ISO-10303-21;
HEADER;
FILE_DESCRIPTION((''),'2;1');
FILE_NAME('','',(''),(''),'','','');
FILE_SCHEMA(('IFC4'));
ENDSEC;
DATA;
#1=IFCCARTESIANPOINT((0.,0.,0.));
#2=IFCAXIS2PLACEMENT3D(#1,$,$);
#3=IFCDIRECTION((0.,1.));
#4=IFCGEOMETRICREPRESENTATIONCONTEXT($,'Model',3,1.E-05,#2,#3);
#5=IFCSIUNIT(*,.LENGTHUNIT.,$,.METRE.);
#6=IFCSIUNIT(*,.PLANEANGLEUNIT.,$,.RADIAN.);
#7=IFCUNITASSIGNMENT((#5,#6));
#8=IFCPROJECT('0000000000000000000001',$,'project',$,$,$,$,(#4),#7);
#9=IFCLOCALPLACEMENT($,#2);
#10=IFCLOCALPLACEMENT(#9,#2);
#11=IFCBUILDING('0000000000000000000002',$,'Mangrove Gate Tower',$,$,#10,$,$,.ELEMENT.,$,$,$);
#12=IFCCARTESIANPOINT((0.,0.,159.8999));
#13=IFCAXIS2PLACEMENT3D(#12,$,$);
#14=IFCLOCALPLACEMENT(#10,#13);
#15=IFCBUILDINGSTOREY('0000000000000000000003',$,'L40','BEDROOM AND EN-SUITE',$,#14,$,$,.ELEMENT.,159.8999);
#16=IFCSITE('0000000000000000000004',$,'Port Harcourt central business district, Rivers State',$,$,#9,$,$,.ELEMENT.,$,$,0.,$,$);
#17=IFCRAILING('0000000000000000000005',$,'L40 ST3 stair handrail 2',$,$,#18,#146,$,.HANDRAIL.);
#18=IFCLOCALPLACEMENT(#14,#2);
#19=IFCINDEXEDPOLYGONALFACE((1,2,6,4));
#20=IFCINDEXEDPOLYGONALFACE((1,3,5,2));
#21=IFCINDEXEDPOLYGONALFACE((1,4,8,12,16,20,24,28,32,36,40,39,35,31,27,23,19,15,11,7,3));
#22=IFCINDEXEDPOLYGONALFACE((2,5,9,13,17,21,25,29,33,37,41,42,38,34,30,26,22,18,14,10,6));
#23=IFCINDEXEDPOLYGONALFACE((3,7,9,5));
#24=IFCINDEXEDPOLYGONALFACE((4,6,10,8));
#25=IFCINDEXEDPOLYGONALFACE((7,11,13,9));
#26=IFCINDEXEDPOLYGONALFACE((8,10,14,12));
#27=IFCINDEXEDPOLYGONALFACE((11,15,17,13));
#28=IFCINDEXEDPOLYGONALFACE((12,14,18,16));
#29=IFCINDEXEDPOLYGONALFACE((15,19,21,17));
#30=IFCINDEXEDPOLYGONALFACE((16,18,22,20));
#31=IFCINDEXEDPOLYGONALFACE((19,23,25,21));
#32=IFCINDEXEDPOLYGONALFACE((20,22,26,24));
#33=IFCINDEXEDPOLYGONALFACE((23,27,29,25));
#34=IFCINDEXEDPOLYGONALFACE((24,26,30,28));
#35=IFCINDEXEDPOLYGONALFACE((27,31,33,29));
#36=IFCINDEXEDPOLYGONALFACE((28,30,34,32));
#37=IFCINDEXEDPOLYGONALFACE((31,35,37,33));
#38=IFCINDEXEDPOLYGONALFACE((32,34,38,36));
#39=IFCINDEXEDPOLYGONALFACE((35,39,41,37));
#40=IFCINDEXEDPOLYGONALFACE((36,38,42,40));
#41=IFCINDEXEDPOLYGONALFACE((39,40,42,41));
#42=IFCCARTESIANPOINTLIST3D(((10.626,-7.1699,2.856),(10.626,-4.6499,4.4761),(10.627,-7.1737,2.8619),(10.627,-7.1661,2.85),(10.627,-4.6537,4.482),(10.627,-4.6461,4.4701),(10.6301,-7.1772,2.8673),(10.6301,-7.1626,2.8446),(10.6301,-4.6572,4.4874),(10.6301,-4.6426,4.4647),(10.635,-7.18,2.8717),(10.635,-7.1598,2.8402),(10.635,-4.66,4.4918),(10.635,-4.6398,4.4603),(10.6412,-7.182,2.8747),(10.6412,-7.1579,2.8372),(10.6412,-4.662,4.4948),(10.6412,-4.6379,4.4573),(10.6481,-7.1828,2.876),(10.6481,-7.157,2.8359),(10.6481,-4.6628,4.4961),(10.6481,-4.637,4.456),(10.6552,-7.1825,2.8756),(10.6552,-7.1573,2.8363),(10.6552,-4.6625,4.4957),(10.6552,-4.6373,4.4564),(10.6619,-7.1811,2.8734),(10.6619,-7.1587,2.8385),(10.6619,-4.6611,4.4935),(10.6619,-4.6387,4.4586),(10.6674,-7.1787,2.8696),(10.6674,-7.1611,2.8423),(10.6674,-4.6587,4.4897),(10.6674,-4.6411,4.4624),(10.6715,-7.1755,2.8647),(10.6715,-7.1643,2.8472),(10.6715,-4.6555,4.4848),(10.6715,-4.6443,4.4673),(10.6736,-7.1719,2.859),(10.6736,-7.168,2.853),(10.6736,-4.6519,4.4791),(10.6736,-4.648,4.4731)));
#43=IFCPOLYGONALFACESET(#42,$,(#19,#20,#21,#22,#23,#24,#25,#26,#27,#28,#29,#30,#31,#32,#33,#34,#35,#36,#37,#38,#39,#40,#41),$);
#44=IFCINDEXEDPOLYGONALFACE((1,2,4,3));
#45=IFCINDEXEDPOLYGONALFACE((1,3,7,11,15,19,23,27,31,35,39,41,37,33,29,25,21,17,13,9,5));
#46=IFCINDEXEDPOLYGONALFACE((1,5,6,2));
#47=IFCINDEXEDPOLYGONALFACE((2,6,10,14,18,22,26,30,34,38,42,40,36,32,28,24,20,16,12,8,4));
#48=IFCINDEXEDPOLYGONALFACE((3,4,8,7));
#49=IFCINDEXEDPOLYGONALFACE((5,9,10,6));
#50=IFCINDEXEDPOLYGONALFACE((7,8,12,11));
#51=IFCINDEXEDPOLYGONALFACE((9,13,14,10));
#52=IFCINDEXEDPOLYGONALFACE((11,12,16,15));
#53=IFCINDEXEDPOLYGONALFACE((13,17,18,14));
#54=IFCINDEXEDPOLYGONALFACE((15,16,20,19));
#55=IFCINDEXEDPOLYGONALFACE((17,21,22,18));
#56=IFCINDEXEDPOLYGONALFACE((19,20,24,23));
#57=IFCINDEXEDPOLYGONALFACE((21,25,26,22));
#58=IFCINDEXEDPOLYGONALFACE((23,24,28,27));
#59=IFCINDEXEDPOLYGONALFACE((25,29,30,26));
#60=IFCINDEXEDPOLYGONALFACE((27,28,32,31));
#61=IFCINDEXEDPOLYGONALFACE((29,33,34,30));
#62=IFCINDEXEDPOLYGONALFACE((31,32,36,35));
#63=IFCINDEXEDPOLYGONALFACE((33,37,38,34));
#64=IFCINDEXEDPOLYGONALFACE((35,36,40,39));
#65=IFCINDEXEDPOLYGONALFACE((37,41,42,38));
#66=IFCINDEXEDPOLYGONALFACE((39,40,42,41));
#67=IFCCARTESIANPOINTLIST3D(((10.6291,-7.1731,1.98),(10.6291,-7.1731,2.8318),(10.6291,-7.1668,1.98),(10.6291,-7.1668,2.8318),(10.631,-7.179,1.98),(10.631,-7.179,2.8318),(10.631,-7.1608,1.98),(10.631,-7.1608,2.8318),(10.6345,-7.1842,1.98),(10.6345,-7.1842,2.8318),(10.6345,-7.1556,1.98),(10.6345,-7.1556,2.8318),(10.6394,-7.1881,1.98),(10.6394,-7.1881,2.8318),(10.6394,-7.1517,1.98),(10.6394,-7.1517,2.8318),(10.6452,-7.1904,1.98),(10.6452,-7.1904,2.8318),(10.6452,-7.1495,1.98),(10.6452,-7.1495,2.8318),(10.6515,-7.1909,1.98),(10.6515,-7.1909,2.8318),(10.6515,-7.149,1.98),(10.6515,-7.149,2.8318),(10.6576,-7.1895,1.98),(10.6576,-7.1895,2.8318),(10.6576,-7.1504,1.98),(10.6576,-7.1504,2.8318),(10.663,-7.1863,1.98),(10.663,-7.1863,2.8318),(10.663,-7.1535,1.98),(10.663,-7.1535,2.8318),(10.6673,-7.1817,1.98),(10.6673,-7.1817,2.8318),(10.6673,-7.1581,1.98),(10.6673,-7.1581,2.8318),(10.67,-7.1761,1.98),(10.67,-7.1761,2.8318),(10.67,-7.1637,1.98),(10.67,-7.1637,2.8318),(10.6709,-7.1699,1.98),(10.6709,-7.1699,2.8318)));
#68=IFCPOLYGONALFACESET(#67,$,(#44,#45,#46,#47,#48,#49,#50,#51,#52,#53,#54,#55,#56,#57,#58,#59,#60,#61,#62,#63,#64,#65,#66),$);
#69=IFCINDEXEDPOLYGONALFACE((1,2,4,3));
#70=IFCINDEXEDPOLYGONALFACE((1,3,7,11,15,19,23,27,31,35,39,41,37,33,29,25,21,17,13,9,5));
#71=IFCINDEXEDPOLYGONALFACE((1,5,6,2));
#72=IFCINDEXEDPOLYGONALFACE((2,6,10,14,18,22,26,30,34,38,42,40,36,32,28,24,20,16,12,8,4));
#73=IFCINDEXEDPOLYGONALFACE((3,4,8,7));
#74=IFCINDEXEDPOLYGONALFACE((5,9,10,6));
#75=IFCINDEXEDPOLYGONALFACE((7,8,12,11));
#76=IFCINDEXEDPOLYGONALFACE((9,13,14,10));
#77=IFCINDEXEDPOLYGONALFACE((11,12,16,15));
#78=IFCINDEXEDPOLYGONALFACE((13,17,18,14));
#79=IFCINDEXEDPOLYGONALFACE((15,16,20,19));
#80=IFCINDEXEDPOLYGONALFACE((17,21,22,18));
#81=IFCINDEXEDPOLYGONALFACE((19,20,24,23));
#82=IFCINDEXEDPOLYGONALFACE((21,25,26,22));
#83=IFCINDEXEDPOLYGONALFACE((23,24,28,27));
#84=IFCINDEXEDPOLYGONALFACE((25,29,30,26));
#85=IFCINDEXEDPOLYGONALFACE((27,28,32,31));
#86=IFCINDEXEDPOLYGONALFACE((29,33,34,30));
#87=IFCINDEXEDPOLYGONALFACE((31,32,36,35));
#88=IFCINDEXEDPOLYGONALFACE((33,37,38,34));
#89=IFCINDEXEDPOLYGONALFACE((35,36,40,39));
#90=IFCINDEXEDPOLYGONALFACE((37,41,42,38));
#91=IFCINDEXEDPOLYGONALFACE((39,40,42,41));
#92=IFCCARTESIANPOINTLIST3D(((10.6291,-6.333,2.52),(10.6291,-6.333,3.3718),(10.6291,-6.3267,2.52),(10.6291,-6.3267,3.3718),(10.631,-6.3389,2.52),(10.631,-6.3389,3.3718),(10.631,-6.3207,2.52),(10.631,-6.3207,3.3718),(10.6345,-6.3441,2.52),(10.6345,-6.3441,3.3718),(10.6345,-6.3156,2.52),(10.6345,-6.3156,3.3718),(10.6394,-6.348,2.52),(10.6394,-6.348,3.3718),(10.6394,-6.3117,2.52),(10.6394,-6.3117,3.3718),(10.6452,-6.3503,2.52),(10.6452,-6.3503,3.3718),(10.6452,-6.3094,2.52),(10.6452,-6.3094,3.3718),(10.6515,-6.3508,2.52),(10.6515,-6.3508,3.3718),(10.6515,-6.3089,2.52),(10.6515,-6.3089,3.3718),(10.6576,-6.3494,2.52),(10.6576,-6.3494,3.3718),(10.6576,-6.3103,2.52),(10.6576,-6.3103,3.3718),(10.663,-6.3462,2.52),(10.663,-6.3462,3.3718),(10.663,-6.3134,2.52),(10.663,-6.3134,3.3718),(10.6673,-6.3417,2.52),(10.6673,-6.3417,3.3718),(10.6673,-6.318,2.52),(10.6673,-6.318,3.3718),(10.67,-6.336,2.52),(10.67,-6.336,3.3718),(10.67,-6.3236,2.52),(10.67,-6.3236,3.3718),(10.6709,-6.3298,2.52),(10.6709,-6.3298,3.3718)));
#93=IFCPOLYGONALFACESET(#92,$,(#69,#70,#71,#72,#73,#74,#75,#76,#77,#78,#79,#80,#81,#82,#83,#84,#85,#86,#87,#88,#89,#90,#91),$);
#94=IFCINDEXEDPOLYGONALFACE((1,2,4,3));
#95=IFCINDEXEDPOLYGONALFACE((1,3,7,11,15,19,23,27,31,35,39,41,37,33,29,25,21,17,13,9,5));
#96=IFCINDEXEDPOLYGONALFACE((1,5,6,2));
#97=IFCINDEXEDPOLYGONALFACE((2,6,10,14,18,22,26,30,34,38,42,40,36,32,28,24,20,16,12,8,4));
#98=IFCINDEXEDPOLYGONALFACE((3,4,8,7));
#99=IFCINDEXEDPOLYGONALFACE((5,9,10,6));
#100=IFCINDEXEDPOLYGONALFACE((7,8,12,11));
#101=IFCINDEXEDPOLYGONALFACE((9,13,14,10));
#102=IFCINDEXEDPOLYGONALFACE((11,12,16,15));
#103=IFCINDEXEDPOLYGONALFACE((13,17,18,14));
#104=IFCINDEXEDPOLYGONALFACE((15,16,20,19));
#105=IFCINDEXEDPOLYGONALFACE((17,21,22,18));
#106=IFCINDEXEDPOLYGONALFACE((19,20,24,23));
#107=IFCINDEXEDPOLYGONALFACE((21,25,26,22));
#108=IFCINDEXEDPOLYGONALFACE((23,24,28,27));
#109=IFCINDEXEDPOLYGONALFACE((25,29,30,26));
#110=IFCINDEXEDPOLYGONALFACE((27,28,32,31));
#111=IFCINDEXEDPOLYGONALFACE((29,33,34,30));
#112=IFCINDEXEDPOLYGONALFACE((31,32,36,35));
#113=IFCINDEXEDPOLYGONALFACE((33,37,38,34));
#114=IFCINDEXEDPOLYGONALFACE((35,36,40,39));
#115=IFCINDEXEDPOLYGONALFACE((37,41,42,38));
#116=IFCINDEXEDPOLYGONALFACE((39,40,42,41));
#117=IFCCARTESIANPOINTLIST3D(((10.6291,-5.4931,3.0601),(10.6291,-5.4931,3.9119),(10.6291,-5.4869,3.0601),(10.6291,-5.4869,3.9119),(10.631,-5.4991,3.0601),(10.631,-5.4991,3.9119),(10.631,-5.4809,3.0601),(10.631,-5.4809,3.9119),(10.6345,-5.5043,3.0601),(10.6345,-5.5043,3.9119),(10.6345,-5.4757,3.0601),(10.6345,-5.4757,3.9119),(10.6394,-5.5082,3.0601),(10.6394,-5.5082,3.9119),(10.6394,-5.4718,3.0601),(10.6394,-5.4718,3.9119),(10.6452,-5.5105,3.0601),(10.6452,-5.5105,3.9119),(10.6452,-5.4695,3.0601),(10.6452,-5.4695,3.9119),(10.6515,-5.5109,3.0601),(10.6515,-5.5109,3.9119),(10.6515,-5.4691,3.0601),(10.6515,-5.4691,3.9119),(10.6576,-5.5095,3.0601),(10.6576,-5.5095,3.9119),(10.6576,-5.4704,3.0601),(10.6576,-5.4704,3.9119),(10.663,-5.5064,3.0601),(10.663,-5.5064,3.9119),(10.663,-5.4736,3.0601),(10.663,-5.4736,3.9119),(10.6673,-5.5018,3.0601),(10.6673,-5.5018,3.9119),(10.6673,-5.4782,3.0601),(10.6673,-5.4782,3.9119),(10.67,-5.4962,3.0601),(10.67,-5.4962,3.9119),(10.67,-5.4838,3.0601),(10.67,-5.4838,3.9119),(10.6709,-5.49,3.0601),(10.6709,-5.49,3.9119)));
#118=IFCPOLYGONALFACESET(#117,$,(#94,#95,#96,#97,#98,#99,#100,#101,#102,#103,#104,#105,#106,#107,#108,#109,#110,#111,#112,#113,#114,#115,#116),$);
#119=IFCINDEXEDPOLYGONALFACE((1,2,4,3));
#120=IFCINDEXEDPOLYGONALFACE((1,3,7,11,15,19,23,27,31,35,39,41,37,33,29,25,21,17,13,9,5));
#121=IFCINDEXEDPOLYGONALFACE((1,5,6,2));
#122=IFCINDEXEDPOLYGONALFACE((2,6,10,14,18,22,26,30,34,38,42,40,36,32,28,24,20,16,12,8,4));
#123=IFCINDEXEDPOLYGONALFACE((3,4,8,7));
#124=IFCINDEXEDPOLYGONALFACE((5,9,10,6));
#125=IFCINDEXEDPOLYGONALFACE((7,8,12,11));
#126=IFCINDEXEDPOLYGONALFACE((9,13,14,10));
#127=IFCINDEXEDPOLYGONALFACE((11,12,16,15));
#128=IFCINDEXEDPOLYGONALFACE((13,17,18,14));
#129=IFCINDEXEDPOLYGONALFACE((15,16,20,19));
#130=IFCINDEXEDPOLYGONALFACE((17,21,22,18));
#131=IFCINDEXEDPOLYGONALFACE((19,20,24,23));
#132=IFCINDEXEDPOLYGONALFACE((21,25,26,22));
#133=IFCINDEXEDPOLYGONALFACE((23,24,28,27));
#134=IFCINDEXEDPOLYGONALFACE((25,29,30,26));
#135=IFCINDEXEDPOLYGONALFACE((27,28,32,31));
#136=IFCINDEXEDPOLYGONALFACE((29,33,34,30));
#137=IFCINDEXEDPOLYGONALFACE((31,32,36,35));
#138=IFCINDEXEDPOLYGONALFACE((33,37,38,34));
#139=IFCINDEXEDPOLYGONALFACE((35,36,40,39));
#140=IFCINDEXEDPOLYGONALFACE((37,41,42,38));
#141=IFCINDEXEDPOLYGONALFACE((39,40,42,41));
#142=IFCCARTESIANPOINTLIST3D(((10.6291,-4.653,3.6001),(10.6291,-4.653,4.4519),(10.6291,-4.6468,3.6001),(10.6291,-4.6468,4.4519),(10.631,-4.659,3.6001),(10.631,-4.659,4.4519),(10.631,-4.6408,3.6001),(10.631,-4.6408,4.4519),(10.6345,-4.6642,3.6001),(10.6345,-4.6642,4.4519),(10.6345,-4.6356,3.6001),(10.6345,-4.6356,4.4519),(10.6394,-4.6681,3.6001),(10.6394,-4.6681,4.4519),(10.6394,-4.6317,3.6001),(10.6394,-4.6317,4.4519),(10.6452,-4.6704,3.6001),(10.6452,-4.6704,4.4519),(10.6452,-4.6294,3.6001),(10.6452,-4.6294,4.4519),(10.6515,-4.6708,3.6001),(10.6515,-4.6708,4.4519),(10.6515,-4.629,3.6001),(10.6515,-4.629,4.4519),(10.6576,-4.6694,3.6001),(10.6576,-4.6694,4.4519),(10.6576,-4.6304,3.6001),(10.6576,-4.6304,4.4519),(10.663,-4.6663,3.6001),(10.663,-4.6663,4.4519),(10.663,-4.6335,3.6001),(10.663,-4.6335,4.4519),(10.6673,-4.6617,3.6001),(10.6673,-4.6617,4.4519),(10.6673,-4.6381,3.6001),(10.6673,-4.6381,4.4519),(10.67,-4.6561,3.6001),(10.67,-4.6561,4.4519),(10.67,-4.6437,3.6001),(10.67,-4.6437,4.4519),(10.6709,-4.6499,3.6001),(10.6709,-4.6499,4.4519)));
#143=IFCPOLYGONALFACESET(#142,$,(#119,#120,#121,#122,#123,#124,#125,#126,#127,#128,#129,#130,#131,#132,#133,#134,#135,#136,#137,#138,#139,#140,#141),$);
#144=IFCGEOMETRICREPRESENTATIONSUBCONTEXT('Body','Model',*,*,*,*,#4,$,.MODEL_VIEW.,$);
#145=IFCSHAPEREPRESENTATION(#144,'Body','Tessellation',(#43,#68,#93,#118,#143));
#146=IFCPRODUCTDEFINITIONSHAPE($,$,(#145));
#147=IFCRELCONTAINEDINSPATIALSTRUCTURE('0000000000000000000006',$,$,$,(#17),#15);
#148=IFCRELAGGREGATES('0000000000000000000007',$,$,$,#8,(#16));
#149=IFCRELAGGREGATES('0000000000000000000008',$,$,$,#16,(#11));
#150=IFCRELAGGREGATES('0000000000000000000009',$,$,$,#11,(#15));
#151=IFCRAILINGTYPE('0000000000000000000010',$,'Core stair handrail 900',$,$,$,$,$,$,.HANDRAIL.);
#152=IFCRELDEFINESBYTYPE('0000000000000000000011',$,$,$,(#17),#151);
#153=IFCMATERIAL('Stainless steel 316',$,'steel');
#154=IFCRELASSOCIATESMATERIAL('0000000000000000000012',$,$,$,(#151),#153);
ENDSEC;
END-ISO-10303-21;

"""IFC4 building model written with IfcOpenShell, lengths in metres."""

from ifc_helpers import new_model, si_unit, direction, frame, origin, origin_2d, place, context, subcontext, project, spatial, circle, extrude, material, type_object, element, save


model = new_model("IFC4")

# Units and contexts
model_context = context("Model", 3, precision=1e-05, world=origin(), true_north=direction((0.0, 1.0)))
body_context = subcontext(model_context, "Body", "Model", "MODEL_VIEW")
ifc_project = project(units=[si_unit("LENGTHUNIT", "METRE"), si_unit("PLANEANGLEUNIT", "RADIAN")], contexts=[model_context])

# Site, building, storey
site_placement = place(None, origin())
site = spatial("IfcSite", under=ifc_project, at=site_placement, Name="Port Harcourt central business district, Rivers State", CompositionType="ELEMENT", RefElevation=0.0)
building_placement = place(site_placement, origin())
building = spatial("IfcBuilding", under=site, at=building_placement, Name="Mangrove Gate Tower", CompositionType="ELEMENT")
storey_placement = place(building_placement, frame((0.0, 0.0, 159.8999)))
storey = spatial("IfcBuildingStorey", under=building, at=storey_placement, Name="L40", Description="BEDROOM AND EN-SUITE", CompositionType="ELEMENT", Elevation=159.8999)

# Railing
ifc_material_1 = material(Name="Stainless steel 316", Category="steel")
railing_type_1 = type_object("IfcRailingType", Name="Core stair handrail 900", PredefinedType="HANDRAIL", material=ifc_material_1)
railing_1_placement = place(storey_placement, frame((10.6499, -7.1699, 1.98)))
element("IfcRailing", 1, at=railing_1_placement, inside=storey, type_object=railing_type_1, Name="L40 ST3 stair handrail 2", PredefinedType="HANDRAIL", context=body_context, shape_type="SweptSolid", body=[
    extrude(circle(Radius=0.0239, at=origin_2d()), frame((0.0, 0.0, 0.876), z_axis=(0.0, 0.841163, 0.540782), x_axis=(-1.0, 0.0, 0.0)), (0.0, 0.0, 1.0), 2.9958),
    extrude(circle(Radius=0.021, at=origin_2d()), origin(), (0.0, 0.0, 1.0), 0.8518),
    extrude(circle(Radius=0.021, at=origin_2d()), frame((0.0, 0.8401, 0.54)), (0.0, 0.0, 1.0), 0.8518),
    extrude(circle(Radius=0.021, at=origin_2d()), frame((0.0, 1.6799, 1.0801)), (0.0, 0.0, 1.0), 0.8518),
    extrude(circle(Radius=0.021, at=origin_2d()), frame((0.0, 2.52, 1.6201)), (0.0, 0.0, 1.0), 0.8518),
])

save(model, "model.ifc")
